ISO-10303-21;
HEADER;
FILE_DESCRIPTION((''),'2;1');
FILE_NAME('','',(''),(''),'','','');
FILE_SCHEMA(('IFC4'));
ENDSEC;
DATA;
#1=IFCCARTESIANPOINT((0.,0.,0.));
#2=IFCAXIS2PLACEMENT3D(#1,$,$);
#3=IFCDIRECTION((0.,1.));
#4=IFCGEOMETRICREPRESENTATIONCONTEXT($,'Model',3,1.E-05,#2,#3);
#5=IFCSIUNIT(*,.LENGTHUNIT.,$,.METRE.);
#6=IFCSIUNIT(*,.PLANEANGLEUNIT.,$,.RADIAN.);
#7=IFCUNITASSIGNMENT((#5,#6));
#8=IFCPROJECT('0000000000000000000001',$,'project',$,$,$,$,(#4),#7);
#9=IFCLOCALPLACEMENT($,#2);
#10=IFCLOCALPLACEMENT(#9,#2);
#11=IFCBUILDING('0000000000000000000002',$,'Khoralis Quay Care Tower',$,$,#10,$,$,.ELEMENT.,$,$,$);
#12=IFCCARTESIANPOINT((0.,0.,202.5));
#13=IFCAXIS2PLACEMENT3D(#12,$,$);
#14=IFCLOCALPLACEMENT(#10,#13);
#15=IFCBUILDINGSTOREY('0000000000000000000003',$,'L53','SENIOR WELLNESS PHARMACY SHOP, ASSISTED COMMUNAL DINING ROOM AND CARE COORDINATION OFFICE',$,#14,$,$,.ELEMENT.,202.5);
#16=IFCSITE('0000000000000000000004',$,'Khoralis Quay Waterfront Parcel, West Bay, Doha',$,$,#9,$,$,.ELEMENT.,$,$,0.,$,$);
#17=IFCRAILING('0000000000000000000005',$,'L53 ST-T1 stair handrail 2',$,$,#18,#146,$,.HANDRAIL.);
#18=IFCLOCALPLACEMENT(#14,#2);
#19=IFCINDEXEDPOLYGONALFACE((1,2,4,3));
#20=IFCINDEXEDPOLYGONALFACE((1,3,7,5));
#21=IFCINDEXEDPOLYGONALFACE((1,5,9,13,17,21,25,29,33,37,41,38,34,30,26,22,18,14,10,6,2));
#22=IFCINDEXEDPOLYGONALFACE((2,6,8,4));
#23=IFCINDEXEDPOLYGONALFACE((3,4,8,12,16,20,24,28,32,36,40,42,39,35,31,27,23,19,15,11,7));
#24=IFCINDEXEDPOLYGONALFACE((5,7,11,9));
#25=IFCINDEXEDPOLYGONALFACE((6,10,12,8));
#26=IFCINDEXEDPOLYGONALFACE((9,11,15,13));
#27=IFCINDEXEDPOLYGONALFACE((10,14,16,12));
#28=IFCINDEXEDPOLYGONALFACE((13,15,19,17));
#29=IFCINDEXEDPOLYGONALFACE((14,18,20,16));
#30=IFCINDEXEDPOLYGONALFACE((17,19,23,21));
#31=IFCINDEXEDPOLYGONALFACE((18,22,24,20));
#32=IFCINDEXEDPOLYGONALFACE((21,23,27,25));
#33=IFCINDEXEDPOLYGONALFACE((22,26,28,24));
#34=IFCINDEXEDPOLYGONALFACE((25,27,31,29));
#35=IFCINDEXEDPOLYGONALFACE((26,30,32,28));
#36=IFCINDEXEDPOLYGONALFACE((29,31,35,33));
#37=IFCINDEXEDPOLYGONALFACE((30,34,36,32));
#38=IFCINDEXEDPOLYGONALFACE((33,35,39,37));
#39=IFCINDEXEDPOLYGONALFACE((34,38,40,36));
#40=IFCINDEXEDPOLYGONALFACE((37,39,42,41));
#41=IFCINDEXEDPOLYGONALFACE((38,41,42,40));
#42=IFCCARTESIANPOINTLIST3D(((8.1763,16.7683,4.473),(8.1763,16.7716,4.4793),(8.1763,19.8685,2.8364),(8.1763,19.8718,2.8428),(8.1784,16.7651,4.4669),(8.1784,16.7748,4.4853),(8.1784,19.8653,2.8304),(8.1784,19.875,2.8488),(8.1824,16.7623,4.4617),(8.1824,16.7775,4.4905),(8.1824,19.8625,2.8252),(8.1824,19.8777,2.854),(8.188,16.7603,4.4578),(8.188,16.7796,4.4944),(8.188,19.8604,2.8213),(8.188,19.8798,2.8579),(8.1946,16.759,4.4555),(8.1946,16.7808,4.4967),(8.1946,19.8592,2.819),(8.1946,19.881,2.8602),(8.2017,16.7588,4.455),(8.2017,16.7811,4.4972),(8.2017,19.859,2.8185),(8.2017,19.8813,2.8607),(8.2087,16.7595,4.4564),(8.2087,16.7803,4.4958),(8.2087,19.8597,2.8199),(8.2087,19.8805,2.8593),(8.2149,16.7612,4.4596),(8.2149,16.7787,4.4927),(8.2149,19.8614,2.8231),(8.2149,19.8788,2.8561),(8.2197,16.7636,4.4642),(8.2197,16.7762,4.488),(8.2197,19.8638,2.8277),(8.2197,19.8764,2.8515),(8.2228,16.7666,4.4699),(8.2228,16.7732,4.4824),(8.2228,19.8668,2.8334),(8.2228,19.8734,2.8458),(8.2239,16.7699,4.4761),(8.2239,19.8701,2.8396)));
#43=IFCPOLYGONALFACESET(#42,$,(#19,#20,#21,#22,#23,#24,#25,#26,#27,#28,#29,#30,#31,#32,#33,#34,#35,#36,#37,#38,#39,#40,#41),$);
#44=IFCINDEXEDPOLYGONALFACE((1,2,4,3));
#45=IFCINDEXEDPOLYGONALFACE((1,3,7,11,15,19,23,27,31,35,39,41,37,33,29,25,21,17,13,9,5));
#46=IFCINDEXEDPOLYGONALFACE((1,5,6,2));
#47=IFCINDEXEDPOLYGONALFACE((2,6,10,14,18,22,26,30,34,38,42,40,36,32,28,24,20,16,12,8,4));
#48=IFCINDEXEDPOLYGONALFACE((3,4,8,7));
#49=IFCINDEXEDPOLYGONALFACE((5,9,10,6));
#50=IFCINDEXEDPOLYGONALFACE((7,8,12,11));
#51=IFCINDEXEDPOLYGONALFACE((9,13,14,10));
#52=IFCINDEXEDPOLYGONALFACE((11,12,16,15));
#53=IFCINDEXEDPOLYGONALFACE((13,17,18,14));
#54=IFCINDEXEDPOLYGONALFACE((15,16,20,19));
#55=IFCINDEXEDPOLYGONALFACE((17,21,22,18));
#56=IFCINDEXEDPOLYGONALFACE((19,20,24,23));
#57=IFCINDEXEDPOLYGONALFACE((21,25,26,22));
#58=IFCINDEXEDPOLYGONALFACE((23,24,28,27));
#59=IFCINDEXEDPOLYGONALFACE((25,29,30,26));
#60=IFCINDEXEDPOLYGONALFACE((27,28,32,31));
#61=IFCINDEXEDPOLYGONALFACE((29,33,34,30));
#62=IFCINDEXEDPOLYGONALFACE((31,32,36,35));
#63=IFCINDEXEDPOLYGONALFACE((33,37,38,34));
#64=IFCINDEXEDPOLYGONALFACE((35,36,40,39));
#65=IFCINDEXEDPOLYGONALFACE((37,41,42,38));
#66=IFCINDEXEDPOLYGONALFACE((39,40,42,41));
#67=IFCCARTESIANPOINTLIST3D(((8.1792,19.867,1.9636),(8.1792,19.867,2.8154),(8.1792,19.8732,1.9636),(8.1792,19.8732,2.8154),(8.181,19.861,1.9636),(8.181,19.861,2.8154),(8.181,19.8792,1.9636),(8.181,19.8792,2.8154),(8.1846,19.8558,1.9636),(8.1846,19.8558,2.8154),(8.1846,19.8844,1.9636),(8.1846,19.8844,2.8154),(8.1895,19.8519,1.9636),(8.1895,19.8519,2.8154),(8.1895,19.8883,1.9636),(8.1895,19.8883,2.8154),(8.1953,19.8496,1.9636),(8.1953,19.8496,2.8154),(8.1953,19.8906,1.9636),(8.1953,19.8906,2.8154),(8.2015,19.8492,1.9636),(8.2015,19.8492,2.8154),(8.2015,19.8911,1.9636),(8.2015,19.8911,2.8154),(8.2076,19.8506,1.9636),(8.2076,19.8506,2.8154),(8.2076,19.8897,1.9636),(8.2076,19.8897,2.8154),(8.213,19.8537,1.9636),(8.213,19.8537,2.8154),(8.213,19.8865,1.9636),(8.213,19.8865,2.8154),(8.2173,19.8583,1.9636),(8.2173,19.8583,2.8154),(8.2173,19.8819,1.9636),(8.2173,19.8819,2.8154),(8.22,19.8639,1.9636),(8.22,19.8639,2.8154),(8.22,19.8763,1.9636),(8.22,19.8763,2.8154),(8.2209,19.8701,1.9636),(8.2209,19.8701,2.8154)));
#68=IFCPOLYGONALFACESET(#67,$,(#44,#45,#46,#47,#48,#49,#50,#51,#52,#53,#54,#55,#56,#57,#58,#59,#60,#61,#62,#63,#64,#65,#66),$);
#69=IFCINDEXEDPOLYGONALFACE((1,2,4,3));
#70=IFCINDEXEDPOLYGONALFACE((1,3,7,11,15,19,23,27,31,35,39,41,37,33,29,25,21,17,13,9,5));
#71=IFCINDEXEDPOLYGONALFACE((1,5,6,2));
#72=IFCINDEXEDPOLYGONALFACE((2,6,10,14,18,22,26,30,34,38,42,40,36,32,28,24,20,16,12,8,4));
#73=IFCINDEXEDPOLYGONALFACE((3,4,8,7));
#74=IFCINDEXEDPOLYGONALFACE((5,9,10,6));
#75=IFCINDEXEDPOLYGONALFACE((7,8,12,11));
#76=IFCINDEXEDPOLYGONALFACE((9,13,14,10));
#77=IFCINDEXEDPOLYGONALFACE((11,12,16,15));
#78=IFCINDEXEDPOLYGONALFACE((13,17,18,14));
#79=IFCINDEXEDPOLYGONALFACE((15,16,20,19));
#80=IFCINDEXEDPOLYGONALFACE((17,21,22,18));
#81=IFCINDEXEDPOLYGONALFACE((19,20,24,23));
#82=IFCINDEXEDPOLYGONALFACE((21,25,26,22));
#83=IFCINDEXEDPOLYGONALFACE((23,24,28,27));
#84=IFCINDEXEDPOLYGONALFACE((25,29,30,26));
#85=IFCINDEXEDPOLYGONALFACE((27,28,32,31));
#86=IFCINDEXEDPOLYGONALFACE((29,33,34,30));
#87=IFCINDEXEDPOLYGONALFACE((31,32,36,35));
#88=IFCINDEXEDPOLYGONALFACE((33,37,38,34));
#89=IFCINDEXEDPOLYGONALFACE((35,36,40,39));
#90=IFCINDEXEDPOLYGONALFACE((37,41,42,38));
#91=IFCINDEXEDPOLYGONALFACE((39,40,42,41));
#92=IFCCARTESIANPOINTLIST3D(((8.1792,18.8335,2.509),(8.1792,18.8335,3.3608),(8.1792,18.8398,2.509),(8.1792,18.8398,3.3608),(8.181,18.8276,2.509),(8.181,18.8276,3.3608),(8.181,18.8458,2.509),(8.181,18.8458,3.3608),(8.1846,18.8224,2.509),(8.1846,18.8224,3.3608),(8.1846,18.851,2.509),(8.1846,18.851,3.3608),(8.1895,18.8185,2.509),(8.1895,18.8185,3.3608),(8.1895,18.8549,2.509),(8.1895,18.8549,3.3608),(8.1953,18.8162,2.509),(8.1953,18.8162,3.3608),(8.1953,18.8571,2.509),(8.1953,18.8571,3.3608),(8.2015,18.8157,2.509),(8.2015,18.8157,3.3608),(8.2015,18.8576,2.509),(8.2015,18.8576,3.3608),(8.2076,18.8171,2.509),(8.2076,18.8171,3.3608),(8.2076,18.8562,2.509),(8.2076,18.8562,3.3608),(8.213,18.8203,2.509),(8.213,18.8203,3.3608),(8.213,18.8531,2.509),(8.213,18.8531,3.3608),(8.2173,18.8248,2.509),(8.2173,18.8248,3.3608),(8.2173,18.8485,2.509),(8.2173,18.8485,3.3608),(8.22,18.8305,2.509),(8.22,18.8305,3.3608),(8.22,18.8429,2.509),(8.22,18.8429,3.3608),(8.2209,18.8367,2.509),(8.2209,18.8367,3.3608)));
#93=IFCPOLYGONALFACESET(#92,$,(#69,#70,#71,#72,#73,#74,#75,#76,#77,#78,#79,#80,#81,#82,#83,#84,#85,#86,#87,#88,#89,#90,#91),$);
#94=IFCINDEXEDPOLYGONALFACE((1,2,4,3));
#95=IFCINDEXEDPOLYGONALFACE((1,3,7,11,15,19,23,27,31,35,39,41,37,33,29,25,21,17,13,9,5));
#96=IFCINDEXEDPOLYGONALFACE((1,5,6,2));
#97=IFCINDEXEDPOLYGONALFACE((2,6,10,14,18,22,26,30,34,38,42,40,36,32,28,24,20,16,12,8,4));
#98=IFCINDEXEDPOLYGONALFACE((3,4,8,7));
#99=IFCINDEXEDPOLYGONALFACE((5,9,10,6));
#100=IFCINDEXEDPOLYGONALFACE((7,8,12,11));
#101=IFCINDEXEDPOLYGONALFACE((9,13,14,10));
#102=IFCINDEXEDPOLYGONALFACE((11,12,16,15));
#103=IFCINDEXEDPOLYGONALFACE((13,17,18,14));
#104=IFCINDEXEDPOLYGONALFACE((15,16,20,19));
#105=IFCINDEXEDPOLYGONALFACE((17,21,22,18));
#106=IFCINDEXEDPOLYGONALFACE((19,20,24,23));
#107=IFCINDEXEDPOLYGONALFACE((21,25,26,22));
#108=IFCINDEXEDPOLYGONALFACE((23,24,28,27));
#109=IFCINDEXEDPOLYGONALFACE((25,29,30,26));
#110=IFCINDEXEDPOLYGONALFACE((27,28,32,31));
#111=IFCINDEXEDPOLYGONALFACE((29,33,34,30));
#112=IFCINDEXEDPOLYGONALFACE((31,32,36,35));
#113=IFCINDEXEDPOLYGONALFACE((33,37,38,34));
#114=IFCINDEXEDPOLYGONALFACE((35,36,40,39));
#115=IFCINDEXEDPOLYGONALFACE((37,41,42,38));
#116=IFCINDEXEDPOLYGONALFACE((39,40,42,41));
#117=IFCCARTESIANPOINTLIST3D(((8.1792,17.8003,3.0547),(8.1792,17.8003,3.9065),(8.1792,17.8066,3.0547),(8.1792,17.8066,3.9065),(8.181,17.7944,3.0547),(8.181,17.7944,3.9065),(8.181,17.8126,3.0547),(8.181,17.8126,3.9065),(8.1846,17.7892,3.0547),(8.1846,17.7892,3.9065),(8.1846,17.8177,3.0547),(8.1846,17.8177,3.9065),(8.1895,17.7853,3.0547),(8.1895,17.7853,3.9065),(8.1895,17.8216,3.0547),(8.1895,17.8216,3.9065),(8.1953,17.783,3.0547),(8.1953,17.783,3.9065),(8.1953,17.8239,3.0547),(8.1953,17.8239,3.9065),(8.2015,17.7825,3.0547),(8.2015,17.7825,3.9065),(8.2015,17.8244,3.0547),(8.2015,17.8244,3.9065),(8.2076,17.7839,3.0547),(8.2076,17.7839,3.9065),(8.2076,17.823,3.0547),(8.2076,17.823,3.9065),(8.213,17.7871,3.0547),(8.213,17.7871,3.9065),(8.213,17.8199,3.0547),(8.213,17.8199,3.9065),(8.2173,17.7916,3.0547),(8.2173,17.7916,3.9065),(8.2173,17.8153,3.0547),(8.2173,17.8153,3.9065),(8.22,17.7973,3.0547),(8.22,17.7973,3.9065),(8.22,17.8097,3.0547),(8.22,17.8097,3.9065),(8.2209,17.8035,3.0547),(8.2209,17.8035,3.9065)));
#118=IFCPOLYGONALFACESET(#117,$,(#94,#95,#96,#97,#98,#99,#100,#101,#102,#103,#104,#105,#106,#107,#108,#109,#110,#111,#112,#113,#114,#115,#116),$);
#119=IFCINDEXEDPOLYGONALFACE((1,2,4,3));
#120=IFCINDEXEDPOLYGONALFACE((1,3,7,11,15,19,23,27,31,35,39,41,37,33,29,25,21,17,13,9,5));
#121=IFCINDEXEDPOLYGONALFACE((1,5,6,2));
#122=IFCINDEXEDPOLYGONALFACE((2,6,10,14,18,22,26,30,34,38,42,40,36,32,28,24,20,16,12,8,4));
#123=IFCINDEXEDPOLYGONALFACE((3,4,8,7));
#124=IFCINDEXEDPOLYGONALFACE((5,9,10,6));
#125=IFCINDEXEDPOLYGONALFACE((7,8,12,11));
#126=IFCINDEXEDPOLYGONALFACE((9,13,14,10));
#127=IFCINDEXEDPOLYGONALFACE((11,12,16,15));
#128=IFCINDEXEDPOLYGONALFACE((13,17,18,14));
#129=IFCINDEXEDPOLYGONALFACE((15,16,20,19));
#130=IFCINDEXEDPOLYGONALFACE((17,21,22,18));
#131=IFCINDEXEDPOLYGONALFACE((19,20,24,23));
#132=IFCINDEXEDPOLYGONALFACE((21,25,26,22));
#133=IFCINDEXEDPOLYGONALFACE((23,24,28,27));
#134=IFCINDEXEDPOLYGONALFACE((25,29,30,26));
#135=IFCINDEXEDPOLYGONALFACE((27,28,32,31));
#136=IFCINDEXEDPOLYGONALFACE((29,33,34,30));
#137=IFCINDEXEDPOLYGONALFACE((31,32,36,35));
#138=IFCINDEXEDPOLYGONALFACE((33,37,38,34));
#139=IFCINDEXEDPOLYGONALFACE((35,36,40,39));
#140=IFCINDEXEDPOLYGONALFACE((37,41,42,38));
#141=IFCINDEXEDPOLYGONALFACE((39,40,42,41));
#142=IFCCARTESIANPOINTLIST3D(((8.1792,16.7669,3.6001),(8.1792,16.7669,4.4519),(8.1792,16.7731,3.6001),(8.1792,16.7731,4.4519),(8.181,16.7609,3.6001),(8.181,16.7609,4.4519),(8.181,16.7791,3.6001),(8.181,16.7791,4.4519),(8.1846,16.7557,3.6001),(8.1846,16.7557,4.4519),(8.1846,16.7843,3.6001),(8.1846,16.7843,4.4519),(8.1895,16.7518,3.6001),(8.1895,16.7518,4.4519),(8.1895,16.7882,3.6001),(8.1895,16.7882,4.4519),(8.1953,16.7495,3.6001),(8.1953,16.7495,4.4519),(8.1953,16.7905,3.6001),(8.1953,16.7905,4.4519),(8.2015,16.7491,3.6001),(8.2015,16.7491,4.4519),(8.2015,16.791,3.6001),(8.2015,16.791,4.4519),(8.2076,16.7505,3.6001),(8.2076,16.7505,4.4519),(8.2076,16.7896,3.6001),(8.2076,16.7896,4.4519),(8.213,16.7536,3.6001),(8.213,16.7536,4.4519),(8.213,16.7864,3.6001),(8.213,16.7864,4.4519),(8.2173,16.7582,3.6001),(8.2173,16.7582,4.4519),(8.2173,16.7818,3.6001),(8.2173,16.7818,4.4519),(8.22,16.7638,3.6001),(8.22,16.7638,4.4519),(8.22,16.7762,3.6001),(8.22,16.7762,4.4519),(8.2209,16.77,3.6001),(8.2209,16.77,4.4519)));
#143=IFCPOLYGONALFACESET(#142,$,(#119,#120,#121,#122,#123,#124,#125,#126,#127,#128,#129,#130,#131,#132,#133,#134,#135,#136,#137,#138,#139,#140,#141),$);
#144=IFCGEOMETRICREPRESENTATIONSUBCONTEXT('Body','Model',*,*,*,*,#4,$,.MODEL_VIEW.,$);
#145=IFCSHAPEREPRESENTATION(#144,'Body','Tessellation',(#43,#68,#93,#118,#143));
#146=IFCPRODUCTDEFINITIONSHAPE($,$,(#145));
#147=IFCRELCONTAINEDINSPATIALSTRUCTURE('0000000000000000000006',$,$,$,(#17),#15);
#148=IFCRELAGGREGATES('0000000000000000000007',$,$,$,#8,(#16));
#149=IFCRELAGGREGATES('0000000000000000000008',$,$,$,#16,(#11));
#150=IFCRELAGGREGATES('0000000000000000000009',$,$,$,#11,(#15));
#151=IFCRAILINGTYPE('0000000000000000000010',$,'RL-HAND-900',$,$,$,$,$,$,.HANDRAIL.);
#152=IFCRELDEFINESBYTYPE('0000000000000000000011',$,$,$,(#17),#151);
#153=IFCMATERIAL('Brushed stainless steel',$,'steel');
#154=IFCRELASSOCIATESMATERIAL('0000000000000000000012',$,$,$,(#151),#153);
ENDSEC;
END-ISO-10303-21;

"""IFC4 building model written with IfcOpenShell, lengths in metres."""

from ifc_helpers import new_model, si_unit, direction, frame, origin, origin_2d, place, context, subcontext, project, spatial, circle, extrude, material, type_object, element, save


model = new_model("IFC4")

# Units and contexts
model_context = context("Model", 3, precision=1e-05, world=origin(), true_north=direction((0.0, 1.0)))
body_context = subcontext(model_context, "Body", "Model", "MODEL_VIEW")
ifc_project = project(units=[si_unit("LENGTHUNIT", "METRE"), si_unit("PLANEANGLEUNIT", "RADIAN")], contexts=[model_context])

# Site, building, storey
site_placement = place(None, origin())
site = spatial("IfcSite", under=ifc_project, at=site_placement, Name="Khoralis Quay Waterfront Parcel, West Bay, Doha", CompositionType="ELEMENT", RefElevation=0.0)
building_placement = place(site_placement, origin())
building = spatial("IfcBuilding", under=site, at=building_placement, Name="Khoralis Quay Care Tower", CompositionType="ELEMENT")
storey_placement = place(building_placement, frame((0.0, 0.0, 202.5)))
storey = spatial("IfcBuildingStorey", under=building, at=storey_placement, Name="L53", Description="SENIOR WELLNESS PHARMACY SHOP, ASSISTED COMMUNAL DINING ROOM AND CARE COORDINATION OFFICE", CompositionType="ELEMENT", Elevation=202.5)

# Shared definitions
ifc_material_1 = material(Name="Brushed stainless steel", Category="steel")

# Railing
railing_type_1 = type_object("IfcRailingType", Name="RL-HAND-900", PredefinedType="HANDRAIL", material=ifc_material_1)
railing_1_placement = place(storey_placement, frame((8.2, 19.8701, 1.9636)))
element("IfcRailing", 1, at=railing_1_placement, inside=storey, type_object=railing_type_1, Name="L53 ST-T1 stair handrail 2", PredefinedType="HANDRAIL", context=body_context, shape_type="SweptSolid", body=[
    extrude(circle(Radius=0.0239, at=origin_2d()), frame((0.0, 0.0, 0.876), z_axis=(0.0, -0.884348, 0.466828), x_axis=(1.0, 0.0, 0.0)), (0.0, 0.0, 1.0), 3.5056),
    extrude(circle(Radius=0.021, at=origin_2d()), origin(), (0.0, 0.0, 1.0), 0.8518),
    extrude(circle(Radius=0.021, at=origin_2d()), frame((0.0, -1.0334, 0.5454)), (0.0, 0.0, 1.0), 0.8518),
    extrude(circle(Radius=0.021, at=origin_2d()), frame((0.0, -2.0667, 1.0911)), (0.0, 0.0, 1.0), 0.8518),
    extrude(circle(Radius=0.021, at=origin_2d()), frame((0.0, -3.1001, 1.6365)), (0.0, 0.0, 1.0), 0.8518),
])

save(model, "model.ifc")
